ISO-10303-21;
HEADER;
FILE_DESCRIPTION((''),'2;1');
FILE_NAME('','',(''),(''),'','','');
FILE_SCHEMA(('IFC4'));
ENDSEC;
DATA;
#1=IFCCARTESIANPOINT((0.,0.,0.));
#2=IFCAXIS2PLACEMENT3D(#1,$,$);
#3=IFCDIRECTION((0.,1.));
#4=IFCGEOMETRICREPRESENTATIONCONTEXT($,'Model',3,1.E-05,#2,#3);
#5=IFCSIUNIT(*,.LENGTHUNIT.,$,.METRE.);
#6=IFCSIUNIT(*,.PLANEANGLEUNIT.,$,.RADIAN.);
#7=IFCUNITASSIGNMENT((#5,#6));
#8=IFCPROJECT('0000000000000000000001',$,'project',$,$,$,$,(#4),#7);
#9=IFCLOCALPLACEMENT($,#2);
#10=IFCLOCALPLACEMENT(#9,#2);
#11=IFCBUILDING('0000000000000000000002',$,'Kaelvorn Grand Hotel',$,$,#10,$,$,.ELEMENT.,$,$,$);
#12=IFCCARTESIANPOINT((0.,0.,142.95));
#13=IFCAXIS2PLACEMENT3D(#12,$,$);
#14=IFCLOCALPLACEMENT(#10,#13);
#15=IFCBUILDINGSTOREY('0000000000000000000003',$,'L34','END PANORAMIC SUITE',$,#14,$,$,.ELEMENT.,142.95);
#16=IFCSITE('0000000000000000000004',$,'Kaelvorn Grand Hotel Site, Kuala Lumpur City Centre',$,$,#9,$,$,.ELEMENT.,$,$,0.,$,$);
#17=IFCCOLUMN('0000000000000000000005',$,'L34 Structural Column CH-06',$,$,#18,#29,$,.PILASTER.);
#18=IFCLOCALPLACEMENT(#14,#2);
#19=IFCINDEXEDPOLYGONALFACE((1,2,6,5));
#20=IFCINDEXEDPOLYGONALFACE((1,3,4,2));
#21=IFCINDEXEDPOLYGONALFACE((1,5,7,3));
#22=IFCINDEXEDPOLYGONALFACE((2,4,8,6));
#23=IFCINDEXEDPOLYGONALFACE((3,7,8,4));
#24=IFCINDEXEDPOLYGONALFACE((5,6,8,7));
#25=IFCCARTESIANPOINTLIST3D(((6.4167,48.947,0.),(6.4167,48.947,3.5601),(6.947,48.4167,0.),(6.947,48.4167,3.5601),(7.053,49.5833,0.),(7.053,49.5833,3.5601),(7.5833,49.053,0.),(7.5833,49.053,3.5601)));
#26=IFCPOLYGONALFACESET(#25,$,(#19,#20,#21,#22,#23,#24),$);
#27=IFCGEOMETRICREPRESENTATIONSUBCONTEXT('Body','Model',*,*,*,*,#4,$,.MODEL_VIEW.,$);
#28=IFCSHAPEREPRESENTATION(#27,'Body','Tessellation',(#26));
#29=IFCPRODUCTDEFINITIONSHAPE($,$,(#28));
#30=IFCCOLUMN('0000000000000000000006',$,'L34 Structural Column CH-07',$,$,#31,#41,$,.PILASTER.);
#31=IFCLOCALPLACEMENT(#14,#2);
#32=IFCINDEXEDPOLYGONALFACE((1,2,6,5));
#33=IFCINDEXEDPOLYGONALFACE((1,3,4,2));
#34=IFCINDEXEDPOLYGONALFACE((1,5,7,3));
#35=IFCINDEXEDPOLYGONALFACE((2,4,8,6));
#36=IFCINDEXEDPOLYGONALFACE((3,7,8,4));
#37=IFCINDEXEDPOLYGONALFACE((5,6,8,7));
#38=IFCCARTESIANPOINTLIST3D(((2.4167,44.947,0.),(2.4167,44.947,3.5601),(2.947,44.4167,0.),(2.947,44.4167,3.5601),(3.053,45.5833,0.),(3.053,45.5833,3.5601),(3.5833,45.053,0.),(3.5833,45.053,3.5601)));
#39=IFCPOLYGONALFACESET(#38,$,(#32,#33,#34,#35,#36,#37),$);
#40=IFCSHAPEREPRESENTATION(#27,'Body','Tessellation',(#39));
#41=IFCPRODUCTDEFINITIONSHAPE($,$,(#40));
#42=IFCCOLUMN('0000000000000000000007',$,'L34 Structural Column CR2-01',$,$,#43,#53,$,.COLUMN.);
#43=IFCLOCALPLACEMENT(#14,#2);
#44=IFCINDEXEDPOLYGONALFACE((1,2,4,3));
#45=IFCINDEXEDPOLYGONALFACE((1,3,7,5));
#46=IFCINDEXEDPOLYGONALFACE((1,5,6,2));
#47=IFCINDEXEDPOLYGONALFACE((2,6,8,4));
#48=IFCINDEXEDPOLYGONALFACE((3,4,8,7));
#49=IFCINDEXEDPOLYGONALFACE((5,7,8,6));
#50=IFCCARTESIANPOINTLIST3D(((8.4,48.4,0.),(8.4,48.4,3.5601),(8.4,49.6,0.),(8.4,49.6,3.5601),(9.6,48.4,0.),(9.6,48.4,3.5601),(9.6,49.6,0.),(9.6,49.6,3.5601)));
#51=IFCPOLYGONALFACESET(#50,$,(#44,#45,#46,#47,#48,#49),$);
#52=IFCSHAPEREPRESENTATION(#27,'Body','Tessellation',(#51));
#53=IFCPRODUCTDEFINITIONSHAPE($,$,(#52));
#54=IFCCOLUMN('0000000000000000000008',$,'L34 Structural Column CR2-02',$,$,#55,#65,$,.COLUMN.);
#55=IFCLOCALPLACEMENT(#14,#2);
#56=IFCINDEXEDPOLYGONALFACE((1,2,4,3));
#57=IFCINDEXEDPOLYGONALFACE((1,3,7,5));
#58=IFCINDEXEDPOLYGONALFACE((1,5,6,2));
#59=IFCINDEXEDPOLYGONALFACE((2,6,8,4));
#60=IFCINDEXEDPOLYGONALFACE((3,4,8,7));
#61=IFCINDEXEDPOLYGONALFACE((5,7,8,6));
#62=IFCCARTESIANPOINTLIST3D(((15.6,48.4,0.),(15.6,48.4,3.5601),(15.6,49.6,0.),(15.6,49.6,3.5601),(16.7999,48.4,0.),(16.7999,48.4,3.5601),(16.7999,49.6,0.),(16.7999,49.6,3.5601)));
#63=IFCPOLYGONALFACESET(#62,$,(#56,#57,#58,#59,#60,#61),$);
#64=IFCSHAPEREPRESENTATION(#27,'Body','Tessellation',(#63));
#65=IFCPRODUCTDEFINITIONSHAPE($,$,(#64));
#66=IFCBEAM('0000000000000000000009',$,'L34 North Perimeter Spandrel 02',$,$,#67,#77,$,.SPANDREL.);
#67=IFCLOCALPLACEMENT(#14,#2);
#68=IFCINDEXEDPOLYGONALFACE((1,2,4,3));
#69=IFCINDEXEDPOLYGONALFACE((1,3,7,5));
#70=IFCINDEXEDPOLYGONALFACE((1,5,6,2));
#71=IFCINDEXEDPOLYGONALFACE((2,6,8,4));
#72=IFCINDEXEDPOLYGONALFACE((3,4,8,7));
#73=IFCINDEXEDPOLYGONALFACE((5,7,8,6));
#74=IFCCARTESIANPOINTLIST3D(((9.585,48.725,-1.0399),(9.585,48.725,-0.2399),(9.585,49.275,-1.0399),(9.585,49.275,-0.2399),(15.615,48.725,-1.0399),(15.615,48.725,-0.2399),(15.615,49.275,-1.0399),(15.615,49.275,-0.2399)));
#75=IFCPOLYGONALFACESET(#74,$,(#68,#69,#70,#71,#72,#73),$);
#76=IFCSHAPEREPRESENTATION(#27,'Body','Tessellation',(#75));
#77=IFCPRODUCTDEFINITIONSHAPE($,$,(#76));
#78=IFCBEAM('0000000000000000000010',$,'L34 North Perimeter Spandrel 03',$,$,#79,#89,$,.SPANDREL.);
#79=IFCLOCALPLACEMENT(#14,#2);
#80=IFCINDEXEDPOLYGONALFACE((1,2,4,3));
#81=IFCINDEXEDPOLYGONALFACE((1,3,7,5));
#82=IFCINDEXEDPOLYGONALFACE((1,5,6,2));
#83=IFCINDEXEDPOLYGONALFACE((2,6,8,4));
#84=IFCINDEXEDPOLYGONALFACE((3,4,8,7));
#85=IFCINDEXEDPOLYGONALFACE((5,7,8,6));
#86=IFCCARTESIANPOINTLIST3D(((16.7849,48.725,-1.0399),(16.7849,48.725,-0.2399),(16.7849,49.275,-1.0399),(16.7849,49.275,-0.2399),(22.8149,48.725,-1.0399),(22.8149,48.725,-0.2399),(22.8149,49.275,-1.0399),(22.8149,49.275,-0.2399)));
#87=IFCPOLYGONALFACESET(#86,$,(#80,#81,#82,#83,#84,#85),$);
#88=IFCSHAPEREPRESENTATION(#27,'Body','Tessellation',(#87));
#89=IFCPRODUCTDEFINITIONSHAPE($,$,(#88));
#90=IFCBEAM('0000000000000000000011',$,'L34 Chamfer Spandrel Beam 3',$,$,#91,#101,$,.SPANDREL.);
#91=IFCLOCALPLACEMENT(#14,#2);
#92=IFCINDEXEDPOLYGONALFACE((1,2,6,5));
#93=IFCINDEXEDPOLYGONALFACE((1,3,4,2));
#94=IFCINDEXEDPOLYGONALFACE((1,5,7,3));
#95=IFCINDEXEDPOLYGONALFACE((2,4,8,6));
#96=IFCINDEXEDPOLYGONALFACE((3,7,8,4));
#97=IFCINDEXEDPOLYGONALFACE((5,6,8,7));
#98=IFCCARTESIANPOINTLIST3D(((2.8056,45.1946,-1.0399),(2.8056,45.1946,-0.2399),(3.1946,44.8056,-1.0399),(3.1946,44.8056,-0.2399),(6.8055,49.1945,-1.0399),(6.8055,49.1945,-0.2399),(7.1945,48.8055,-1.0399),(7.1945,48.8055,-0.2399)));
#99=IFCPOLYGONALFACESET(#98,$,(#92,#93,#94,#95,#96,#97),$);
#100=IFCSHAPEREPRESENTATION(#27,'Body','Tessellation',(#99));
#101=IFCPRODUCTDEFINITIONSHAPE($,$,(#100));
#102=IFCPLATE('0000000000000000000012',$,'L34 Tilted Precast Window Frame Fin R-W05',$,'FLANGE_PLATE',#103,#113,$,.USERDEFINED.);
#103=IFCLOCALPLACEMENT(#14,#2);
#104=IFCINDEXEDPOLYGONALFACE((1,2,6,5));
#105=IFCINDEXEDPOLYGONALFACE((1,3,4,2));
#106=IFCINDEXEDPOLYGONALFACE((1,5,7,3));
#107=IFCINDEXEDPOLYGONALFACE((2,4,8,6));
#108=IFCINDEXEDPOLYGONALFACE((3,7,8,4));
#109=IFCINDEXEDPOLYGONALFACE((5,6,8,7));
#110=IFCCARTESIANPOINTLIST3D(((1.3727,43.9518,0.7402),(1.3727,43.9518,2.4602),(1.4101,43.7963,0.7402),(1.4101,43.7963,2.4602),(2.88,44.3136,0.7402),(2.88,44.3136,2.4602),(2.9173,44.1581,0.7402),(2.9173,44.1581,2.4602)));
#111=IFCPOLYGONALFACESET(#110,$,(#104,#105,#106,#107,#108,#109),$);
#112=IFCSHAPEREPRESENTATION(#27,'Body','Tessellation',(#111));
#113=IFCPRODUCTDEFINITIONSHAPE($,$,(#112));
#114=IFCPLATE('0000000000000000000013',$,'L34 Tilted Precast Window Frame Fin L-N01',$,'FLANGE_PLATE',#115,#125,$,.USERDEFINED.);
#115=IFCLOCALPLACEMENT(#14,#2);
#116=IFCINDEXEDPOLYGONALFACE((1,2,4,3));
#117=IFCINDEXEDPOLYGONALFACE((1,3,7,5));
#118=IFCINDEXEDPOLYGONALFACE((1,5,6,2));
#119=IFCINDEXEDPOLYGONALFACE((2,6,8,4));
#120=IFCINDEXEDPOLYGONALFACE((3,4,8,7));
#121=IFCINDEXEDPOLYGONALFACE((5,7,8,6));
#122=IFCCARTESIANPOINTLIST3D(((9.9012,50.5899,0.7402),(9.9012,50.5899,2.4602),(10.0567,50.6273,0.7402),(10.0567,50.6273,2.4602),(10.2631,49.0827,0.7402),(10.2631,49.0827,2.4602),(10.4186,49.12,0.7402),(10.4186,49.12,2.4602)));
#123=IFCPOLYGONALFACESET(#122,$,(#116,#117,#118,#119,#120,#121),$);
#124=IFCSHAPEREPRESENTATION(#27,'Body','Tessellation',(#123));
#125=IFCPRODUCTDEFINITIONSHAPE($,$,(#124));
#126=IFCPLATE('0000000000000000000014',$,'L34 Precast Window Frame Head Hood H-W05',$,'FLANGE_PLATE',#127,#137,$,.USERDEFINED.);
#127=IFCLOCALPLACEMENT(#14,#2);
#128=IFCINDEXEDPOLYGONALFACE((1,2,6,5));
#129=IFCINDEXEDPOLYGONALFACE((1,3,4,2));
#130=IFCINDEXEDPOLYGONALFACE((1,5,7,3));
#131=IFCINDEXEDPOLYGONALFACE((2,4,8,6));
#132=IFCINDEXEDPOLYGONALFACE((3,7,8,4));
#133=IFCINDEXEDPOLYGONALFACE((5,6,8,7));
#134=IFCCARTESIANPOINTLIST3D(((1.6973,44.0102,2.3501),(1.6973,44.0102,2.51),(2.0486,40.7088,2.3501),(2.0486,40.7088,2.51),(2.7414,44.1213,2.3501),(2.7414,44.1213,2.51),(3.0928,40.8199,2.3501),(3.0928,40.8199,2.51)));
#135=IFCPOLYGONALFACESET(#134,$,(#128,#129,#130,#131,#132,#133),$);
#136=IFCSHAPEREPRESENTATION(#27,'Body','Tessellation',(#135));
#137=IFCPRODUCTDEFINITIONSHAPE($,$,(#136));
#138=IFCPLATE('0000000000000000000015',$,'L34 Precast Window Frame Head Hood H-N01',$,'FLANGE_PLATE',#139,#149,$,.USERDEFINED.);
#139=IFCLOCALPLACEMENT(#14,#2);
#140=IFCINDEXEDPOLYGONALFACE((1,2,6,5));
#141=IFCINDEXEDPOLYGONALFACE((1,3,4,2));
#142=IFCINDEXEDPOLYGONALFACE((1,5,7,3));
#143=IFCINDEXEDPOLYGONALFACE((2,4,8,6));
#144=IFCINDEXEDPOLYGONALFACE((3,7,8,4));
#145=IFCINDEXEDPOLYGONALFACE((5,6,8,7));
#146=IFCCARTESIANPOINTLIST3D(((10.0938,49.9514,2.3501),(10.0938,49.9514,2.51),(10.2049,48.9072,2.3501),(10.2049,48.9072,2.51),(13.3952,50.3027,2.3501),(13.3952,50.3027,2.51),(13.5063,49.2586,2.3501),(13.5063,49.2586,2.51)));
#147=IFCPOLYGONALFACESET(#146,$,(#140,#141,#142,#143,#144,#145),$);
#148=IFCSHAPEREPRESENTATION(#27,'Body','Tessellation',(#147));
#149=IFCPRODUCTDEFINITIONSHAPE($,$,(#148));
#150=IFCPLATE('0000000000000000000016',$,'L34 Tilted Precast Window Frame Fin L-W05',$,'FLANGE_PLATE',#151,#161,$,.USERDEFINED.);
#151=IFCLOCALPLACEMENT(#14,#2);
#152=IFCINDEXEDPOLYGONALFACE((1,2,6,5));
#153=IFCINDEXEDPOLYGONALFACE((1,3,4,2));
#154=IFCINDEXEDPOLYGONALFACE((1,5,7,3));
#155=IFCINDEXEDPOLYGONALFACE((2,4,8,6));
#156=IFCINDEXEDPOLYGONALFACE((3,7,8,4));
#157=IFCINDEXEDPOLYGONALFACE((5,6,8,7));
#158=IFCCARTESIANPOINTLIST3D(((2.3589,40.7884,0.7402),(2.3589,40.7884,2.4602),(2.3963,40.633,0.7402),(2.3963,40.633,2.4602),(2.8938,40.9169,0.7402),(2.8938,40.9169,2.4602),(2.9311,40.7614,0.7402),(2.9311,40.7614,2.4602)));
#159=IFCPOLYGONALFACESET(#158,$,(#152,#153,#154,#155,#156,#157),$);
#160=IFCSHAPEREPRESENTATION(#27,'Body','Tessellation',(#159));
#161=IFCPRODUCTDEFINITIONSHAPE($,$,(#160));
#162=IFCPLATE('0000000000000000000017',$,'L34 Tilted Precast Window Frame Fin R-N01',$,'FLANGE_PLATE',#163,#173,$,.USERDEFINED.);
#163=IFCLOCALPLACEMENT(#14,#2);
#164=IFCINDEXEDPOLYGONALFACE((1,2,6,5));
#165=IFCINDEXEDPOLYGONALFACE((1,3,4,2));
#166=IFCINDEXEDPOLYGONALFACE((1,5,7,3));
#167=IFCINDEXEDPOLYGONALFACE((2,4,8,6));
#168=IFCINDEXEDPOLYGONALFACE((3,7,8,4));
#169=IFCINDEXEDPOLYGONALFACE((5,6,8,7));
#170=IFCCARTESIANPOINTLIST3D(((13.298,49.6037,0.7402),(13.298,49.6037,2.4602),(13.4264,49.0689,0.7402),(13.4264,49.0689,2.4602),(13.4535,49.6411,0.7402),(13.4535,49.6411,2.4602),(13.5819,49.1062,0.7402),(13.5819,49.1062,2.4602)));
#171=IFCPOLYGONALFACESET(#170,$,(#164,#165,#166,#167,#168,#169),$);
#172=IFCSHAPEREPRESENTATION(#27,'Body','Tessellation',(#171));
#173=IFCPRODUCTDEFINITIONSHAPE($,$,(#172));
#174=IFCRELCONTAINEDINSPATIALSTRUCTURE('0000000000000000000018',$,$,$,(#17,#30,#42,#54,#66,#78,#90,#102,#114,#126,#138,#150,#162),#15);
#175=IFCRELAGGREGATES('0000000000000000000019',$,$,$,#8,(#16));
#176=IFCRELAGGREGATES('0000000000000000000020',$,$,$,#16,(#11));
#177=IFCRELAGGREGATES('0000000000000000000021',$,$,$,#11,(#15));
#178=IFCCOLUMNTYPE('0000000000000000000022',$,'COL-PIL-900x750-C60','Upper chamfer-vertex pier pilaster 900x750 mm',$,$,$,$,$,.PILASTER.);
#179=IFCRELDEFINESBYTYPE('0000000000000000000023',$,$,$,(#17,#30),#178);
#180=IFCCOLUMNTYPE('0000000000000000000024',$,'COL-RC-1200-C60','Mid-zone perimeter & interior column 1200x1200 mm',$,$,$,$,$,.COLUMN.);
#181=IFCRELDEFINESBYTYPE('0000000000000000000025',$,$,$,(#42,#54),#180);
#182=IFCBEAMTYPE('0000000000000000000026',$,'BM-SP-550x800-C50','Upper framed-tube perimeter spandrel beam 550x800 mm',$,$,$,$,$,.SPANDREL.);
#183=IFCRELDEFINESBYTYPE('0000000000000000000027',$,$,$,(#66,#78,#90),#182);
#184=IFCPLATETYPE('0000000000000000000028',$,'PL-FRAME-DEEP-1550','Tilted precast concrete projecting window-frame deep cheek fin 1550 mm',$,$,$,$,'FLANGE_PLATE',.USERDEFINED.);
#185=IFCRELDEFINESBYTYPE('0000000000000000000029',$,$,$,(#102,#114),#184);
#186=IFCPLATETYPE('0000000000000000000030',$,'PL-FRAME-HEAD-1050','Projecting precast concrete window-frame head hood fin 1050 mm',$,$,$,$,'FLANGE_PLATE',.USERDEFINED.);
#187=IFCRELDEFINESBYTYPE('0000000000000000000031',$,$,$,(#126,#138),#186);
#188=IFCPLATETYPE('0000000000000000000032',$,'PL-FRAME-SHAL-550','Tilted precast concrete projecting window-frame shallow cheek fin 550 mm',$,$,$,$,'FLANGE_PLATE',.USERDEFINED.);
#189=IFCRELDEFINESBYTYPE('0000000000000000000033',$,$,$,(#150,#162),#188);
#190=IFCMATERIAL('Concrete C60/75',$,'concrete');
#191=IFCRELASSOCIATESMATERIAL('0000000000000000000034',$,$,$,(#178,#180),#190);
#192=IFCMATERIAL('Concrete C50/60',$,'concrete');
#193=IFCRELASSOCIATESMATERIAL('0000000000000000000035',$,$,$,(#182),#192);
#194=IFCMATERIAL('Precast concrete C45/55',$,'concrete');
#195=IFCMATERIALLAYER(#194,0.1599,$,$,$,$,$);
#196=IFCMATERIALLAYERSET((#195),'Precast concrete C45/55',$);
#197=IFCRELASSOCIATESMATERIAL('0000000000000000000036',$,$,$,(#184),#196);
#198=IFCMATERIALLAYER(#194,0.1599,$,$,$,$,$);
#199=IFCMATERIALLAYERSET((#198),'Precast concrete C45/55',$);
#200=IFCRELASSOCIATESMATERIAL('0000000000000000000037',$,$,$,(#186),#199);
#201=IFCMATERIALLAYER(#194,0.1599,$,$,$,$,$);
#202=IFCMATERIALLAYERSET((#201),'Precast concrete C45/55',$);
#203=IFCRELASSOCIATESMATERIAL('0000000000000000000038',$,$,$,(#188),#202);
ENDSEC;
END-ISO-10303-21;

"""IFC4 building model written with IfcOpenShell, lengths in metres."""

from ifc_helpers import new_model, si_unit, direction, frame, origin, origin_2d, place, context, subcontext, project, spatial, rectangle, extrude, material, layer, layer_set, material_profile, profile_set, type_object, element, save


model = new_model("IFC4")

# Units and contexts
model_context = context("Model", 3, precision=1e-05, world=origin(), true_north=direction((0.0, 1.0)))
body_context = subcontext(model_context, "Body", "Model", "MODEL_VIEW")
ifc_project = project(units=[si_unit("LENGTHUNIT", "METRE"), si_unit("PLANEANGLEUNIT", "RADIAN")], contexts=[model_context])

# Site, building, storey
site_placement = place(None, origin())
site = spatial("IfcSite", under=ifc_project, at=site_placement, Name="Kaelvorn Grand Hotel Site, Kuala Lumpur City Centre", CompositionType="ELEMENT", RefElevation=0.0)
building_placement = place(site_placement, origin())
building = spatial("IfcBuilding", under=site, at=building_placement, Name="Kaelvorn Grand Hotel", CompositionType="ELEMENT")
storey_placement = place(building_placement, frame((0.0, 0.0, 142.95)))
storey = spatial("IfcBuildingStorey", under=building, at=storey_placement, Name="L34", Description="END PANORAMIC SUITE", CompositionType="ELEMENT", Elevation=142.95)

# Columns
ifc_material_1 = material(Name="Concrete C60/75", Category="concrete")
ifc_material_profile_1 = material_profile(ifc_material_1, rectangle(XDim=0.8999, YDim=0.75, at=origin_2d()), Name="RC PILASTER 900x750")
ifc_profile_set_1 = profile_set([ifc_material_profile_1], Name="Concrete C60/75")
column_type_1 = type_object("IfcColumnType", Name="COL-PIL-900x750-C60", Description="Upper chamfer-vertex pier pilaster 900x750 mm", PredefinedType="PILASTER", material=ifc_profile_set_1)
for number, where, z_axis, x_axis, name in (
    (1, (7.0, 49.0, 0.0), (0.0, 0.0, 1.0), (0.707107, 0.707107, 0.0), "L34 Structural Column CH-06"),
    (2, (3.0, 45.0, 0.0), (0.0, 0.0, 1.0), (0.707107, 0.707107, 0.0), "L34 Structural Column CH-07"),
):
    element("IfcColumn", number, at=place(storey_placement, frame(where, z_axis=z_axis, x_axis=x_axis)), inside=storey, type_object=column_type_1, Name=name, PredefinedType="PILASTER", context=body_context, shape_type="SweptSolid", body=[
        extrude(rectangle(XDim=0.8999, YDim=0.75, at=origin_2d()), origin(), (0.0, 0.0, 1.0), 3.5601),
    ])
ifc_material_profile_2 = material_profile(ifc_material_1, rectangle(XDim=1.2, YDim=1.2, at=origin_2d()), Name="RC COL 1200x1200")
ifc_profile_set_2 = profile_set([ifc_material_profile_2], Name="Concrete C60/75")
column_type_2 = type_object("IfcColumnType", Name="COL-RC-1200-C60", Description="Mid-zone perimeter & interior column 1200x1200 mm", PredefinedType="COLUMN", material=ifc_profile_set_2)
for number, where, z_axis, x_axis, name in (
    (3, (9.0, 49.0, 0.0), (0.0, 0.0, 1.0), (1.0, 0.0, 0.0), "L34 Structural Column CR2-01"),
    (4, (16.2, 49.0, 0.0), (0.0, 0.0, 1.0), (1.0, 0.0, 0.0), "L34 Structural Column CR2-02"),
):
    element("IfcColumn", number, at=place(storey_placement, frame(where, z_axis=z_axis, x_axis=x_axis)), inside=storey, type_object=column_type_2, Name=name, PredefinedType="COLUMN", context=body_context, shape_type="SweptSolid", body=[
        extrude(rectangle(XDim=1.2, YDim=1.2, at=origin_2d()), origin(), (0.0, 0.0, 1.0), 3.5601),
    ])

# Beams
ifc_material_2 = material(Name="Concrete C50/60", Category="concrete")
ifc_material_profile_3 = material_profile(ifc_material_2, rectangle(XDim=0.55, YDim=0.8, at=origin_2d()), Name="RC SPANDREL 550x800")
ifc_profile_set_3 = profile_set([ifc_material_profile_3], Name="Concrete C50/60")
beam_type = type_object("IfcBeamType", Name="BM-SP-550x800-C50", Description="Upper framed-tube perimeter spandrel beam 550x800 mm", PredefinedType="SPANDREL", material=ifc_profile_set_3)
for number, where, z_axis, x_axis, name in (
    (5, (9.585, 49.0, -0.6399), (1.0, 0.0, 0.0), (0.0, 1.0, 0.0), "L34 North Perimeter Spandrel 02"),
    (6, (16.7849, 49.0, -0.6399), (1.0, 0.0, 0.0), (0.0, 1.0, 0.0), "L34 North Perimeter Spandrel 03"),
):
    element("IfcBeam", number, at=place(storey_placement, frame(where, z_axis=z_axis, x_axis=x_axis)), inside=storey, type_object=beam_type, Name=name, PredefinedType="SPANDREL", context=body_context, shape_type="SweptSolid", body=[
        extrude(rectangle(XDim=0.55, YDim=0.8, at=origin_2d()), origin(), (0.0, 0.0, 1.0), 6.03),
    ])
beam_placement = place(storey_placement, frame((7.0, 49.0, -0.6399), z_axis=(-0.707107, -0.707107, 0.0), x_axis=(0.707107, -0.707107, 0.0)))
element("IfcBeam", 7, at=beam_placement, inside=storey, type_object=beam_type, Name="L34 Chamfer Spandrel Beam 3", PredefinedType="SPANDREL", context=body_context, shape_type="SweptSolid", body=[
    extrude(rectangle(XDim=0.55, YDim=0.8, at=origin_2d()), origin(), (0.0, 0.0, 1.0), 5.6567),
])

# Plates
ifc_material_3 = material(Name="Precast concrete C45/55", Category="concrete")
ifc_layer_1 = layer(ifc_material_3, 0.1599)
ifc_layer_set_1 = layer_set([ifc_layer_1], Name="Precast concrete C45/55")
plate_type_1 = type_object("IfcPlateType", Name="PL-FRAME-DEEP-1550", Description="Tilted precast concrete projecting window-frame deep cheek fin 1550 mm", ElementType="FLANGE_PLATE", PredefinedType="USERDEFINED", material=ifc_layer_set_1)
for number, where, z_axis, x_axis, name in (
    (8, (2.145, 44.0549, 0.7402), (0.0, 0.0, 1.0), (-0.233445, 0.97237, 0.0), "L34 Tilted Precast Window Frame Fin R-W05"),
    (9, (10.1599, 49.855, 0.7402), (0.0, 0.0, 1.0), (0.97237, 0.233445, 0.0), "L34 Tilted Precast Window Frame Fin L-N01"),
):
    element("IfcPlate", number, at=place(storey_placement, frame(where, z_axis=z_axis, x_axis=x_axis)), inside=storey, type_object=plate_type_1, Name=name, ObjectType="FLANGE_PLATE", PredefinedType="USERDEFINED", context=body_context, shape_type="SweptSolid", body=[
        extrude(rectangle(XDim=0.1599, YDim=1.55, at=origin_2d()), origin(), (0.0, 0.0, 1.0), 1.72),
    ])
ifc_layer_2 = layer(ifc_material_3, 0.1599)
ifc_layer_set_2 = layer_set([ifc_layer_2], Name="Precast concrete C45/55")
plate_type_2 = type_object("IfcPlateType", Name="PL-FRAME-HEAD-1050", Description="Projecting precast concrete window-frame head hood fin 1050 mm", ElementType="FLANGE_PLATE", PredefinedType="USERDEFINED", material=ifc_layer_set_2)
for number, where, z_axis, x_axis, name in (
    (10, (2.395, 42.415, 2.3501), (0.0, 0.0, 1.0), (-0.10583, 0.994384, 0.0), "L34 Precast Window Frame Head Hood H-W05"),
    (11, (11.8, 49.605, 2.3501), (0.0, 0.0, 1.0), (0.994384, 0.10583, 0.0), "L34 Precast Window Frame Head Hood H-N01"),
):
    element("IfcPlate", number, at=place(storey_placement, frame(where, z_axis=z_axis, x_axis=x_axis)), inside=storey, type_object=plate_type_2, Name=name, ObjectType="FLANGE_PLATE", PredefinedType="USERDEFINED", context=body_context, shape_type="SweptSolid", body=[
        extrude(rectangle(XDim=3.3201, YDim=1.05, at=origin_2d()), origin(), (0.0, 0.0, 1.0), 0.1599),
    ])
ifc_layer_3 = layer(ifc_material_3, 0.1599)
ifc_layer_set_3 = layer_set([ifc_layer_3], Name="Precast concrete C45/55")
plate_type_3 = type_object("IfcPlateType", Name="PL-FRAME-SHAL-550", Description="Tilted precast concrete projecting window-frame shallow cheek fin 550 mm", ElementType="FLANGE_PLATE", PredefinedType="USERDEFINED", material=ifc_layer_set_3)
for number, where, z_axis, x_axis, name in (
    (12, (2.645, 40.7749, 0.7402), (0.0, 0.0, 1.0), (-0.233445, 0.97237, 0.0), "L34 Tilted Precast Window Frame Fin L-W05"),
    (13, (13.4399, 49.355, 0.7402), (0.0, 0.0, 1.0), (0.97237, 0.233445, 0.0), "L34 Tilted Precast Window Frame Fin R-N01"),
):
    element("IfcPlate", number, at=place(storey_placement, frame(where, z_axis=z_axis, x_axis=x_axis)), inside=storey, type_object=plate_type_3, Name=name, ObjectType="FLANGE_PLATE", PredefinedType="USERDEFINED", context=body_context, shape_type="SweptSolid", body=[
        extrude(rectangle(XDim=0.1599, YDim=0.55, at=origin_2d()), origin(), (0.0, 0.0, 1.0), 1.72),
    ])

save(model, "model.ifc")
